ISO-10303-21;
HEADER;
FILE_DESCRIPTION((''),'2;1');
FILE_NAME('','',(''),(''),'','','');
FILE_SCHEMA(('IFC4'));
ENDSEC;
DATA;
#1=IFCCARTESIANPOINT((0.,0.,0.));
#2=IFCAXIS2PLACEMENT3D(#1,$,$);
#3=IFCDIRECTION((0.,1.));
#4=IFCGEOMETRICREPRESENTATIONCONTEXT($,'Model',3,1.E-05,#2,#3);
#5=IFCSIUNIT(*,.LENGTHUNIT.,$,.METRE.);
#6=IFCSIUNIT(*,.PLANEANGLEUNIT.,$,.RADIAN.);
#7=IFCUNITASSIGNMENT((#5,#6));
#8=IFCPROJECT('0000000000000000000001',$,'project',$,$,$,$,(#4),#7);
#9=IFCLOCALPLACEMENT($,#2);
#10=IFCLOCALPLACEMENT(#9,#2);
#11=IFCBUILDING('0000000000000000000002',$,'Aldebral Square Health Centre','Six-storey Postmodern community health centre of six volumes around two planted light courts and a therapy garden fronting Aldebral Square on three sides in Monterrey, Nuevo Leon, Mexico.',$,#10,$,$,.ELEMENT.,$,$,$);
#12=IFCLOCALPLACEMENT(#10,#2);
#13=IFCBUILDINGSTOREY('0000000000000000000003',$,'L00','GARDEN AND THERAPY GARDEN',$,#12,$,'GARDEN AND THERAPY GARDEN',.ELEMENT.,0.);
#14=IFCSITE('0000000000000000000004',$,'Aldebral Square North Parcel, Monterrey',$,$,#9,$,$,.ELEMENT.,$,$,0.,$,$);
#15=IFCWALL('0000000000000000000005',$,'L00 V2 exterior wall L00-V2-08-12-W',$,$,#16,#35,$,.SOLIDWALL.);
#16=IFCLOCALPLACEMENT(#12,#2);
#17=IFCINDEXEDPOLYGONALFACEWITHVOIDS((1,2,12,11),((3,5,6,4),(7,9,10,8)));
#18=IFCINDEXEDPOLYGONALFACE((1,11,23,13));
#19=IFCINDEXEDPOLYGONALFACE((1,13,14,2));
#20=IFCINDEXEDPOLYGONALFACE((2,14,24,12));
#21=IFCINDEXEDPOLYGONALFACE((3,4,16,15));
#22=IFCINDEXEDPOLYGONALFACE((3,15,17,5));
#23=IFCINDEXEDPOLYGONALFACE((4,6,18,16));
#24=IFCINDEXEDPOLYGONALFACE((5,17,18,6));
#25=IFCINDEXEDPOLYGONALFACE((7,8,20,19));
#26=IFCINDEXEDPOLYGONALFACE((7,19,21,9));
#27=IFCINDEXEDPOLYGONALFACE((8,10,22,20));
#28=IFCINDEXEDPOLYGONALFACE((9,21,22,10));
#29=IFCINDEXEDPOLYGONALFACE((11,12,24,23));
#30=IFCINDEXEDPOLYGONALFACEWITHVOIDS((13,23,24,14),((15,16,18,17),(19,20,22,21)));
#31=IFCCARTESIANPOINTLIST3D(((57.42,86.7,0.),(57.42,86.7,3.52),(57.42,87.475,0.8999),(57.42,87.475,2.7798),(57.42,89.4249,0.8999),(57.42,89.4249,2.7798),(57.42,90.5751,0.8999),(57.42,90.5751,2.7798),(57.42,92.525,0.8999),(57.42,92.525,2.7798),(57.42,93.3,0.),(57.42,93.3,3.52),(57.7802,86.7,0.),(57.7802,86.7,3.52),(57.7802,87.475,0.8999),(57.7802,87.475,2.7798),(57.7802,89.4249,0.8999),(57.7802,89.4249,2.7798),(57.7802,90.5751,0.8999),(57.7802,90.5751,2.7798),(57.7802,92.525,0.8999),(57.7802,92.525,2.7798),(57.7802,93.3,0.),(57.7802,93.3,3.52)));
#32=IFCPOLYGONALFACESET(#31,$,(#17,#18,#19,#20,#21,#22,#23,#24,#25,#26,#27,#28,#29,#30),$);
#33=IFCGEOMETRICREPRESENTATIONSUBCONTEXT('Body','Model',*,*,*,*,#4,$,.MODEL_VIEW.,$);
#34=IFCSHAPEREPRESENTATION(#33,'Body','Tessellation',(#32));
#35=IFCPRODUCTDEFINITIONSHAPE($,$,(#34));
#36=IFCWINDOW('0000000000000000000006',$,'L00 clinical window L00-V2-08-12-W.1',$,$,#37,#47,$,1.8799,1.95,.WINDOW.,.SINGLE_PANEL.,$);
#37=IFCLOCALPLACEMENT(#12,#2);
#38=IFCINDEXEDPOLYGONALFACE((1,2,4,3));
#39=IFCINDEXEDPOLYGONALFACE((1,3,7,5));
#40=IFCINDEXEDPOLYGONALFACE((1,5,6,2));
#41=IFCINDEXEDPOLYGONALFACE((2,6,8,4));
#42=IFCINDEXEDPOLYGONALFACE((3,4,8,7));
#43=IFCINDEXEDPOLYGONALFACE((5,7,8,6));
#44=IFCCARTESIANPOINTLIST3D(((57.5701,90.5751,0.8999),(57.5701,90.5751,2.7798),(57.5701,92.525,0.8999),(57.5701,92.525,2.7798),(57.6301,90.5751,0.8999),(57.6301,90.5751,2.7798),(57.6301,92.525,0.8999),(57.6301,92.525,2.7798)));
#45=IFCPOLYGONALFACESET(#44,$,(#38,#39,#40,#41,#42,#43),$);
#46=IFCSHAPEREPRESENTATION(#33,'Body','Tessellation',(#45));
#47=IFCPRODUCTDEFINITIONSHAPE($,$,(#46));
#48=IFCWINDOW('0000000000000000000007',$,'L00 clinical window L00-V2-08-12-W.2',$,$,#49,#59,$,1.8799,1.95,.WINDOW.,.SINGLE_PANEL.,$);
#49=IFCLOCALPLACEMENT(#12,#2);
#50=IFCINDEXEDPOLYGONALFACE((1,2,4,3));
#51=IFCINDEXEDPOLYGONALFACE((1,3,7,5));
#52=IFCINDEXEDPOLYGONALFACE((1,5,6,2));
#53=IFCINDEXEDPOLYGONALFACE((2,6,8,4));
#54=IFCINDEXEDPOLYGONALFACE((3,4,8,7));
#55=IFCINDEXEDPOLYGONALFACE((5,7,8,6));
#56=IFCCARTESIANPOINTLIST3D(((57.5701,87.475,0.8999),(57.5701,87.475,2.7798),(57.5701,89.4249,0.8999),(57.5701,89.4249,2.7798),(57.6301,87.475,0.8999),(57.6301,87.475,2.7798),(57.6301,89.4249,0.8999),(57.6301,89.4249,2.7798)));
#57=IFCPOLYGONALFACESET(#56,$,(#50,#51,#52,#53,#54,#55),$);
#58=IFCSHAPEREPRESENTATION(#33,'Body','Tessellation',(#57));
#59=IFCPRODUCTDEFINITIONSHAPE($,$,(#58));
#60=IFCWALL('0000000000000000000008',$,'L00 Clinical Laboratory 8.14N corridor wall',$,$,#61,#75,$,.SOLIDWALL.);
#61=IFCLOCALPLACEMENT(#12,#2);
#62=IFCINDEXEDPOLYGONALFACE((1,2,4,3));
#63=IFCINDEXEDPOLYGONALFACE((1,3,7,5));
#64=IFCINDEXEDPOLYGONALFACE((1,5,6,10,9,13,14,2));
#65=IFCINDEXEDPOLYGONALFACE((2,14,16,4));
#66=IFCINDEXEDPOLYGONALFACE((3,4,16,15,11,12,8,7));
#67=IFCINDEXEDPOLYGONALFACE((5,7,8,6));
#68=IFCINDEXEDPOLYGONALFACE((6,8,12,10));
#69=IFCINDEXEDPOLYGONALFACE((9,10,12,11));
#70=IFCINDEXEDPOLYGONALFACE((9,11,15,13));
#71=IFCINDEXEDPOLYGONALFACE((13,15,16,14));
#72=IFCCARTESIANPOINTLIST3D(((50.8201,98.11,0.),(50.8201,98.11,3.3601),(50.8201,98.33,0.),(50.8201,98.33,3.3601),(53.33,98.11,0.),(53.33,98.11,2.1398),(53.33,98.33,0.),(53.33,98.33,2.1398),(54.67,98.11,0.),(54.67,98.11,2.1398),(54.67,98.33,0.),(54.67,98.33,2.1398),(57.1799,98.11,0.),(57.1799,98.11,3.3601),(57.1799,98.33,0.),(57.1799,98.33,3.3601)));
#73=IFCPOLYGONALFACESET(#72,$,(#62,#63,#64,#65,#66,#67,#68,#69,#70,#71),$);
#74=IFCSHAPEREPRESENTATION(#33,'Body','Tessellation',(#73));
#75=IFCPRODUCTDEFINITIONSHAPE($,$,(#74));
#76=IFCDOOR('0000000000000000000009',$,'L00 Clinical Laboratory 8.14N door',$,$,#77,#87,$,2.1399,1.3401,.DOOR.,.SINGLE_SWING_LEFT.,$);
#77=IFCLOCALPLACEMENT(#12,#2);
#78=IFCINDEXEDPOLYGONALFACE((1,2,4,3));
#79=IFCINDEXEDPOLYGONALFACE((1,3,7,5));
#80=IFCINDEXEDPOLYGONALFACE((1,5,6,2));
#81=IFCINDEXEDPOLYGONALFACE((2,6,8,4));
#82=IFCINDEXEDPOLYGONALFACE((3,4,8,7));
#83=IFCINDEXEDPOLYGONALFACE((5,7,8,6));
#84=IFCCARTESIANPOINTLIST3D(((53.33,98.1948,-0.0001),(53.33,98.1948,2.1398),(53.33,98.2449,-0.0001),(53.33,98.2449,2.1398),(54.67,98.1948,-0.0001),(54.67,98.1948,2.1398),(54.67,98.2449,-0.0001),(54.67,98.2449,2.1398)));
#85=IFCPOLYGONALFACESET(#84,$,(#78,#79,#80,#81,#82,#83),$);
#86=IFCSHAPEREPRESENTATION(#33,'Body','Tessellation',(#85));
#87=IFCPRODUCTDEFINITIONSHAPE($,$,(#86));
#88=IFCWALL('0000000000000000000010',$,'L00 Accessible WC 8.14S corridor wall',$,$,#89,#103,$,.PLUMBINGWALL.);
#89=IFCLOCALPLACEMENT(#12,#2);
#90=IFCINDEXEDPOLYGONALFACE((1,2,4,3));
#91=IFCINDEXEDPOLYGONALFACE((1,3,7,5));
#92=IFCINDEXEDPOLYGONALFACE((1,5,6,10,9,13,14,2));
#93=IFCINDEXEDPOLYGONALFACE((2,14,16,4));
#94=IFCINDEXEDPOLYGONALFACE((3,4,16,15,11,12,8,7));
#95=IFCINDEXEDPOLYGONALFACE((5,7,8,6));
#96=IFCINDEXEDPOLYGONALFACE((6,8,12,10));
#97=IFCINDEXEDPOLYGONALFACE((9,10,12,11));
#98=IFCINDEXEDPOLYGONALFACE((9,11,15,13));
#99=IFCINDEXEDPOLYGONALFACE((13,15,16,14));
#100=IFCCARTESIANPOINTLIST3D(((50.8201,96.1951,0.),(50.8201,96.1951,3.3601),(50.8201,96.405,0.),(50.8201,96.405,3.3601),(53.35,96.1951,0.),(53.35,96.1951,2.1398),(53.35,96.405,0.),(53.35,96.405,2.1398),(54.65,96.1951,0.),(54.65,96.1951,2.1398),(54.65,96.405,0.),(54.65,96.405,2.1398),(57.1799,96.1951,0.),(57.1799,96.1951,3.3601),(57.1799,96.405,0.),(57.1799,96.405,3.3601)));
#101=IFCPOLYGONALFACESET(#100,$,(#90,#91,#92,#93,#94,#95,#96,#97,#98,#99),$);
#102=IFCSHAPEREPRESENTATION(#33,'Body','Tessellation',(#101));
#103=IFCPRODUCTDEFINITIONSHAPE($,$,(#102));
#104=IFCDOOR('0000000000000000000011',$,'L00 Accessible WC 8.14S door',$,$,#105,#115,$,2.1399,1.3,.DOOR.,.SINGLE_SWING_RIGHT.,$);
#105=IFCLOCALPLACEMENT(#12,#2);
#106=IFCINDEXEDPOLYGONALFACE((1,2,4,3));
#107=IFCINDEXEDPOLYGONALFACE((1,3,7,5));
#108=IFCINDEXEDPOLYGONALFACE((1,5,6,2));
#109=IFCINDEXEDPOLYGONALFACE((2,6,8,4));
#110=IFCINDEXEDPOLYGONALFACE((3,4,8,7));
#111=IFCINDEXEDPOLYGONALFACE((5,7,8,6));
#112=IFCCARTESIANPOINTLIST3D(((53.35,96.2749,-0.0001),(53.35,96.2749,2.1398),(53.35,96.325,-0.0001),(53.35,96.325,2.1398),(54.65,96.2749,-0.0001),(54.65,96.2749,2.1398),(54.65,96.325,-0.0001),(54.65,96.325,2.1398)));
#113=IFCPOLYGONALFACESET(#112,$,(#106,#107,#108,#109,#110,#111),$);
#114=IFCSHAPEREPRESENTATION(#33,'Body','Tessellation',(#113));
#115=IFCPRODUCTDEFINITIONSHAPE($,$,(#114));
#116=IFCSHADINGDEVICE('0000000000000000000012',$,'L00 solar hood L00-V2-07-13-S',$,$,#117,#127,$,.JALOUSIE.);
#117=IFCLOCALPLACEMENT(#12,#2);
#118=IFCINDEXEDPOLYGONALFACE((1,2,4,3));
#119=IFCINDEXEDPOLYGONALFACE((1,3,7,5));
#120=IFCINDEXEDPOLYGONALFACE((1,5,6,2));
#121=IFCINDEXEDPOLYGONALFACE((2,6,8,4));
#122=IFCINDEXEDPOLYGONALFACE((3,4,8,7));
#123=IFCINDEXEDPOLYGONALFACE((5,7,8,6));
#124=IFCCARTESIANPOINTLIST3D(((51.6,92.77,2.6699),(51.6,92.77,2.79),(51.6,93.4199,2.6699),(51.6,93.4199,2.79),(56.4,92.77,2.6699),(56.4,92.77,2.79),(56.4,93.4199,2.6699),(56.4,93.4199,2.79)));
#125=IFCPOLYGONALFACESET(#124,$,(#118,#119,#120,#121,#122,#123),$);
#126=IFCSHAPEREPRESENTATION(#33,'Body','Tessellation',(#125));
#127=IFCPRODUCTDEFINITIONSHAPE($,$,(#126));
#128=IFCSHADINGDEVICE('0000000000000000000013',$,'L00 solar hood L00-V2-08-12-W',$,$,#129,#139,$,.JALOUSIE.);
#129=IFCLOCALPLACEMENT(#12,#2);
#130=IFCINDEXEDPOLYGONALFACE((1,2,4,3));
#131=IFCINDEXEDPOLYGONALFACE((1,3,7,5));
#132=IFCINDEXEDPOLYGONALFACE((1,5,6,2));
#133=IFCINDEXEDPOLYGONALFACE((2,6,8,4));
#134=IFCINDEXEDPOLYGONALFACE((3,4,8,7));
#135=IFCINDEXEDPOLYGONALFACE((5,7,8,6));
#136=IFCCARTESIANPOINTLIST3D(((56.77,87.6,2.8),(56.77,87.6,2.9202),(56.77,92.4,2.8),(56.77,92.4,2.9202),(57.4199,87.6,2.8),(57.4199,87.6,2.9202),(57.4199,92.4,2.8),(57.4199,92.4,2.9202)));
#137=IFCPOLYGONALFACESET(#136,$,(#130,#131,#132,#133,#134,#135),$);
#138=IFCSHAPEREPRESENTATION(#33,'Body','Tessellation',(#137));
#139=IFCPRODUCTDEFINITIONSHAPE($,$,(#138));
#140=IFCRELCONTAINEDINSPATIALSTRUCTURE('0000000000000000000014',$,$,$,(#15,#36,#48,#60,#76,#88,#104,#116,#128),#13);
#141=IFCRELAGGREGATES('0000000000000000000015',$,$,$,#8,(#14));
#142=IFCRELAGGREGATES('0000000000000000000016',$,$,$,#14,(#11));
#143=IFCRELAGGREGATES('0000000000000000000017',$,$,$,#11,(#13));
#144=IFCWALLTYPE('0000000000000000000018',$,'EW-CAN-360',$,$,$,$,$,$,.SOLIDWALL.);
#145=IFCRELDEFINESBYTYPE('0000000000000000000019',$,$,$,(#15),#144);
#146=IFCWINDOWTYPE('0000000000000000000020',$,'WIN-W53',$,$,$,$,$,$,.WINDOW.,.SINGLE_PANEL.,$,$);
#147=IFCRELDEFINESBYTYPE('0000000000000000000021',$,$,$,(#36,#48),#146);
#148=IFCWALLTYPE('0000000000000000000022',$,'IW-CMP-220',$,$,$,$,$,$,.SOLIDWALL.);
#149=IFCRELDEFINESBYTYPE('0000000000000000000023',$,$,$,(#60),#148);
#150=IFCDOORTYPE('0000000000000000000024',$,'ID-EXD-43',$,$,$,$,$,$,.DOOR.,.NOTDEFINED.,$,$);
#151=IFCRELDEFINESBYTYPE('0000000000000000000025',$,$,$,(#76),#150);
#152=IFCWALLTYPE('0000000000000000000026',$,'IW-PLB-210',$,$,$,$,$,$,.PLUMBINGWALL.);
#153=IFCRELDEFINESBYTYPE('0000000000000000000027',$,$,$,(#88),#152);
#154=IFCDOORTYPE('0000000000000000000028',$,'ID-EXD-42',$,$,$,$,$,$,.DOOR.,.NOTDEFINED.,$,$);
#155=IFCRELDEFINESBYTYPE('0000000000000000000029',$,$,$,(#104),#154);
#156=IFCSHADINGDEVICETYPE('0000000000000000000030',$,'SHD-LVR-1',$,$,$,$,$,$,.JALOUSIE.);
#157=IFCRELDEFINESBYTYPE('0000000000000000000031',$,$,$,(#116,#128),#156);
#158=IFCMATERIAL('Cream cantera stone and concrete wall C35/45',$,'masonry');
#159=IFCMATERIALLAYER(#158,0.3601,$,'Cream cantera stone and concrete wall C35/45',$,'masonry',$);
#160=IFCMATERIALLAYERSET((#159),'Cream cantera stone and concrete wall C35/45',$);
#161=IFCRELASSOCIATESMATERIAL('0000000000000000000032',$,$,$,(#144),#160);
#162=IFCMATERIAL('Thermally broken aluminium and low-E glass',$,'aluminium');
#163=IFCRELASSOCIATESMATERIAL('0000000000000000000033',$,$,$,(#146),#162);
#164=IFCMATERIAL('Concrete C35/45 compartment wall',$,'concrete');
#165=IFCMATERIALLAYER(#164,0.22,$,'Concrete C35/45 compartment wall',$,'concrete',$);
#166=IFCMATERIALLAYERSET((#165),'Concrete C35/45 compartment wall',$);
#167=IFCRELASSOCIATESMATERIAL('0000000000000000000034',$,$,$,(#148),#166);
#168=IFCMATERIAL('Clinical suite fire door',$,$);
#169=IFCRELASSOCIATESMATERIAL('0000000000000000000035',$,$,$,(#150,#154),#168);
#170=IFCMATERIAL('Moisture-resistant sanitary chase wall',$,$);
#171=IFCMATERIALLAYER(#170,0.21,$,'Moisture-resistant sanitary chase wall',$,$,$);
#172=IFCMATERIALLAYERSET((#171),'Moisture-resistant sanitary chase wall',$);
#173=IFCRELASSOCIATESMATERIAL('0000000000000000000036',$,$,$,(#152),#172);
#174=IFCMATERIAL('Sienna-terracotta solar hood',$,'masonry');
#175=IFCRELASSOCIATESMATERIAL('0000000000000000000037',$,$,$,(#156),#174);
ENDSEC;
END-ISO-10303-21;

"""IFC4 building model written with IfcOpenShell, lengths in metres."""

from ifc_helpers import new_model, si_unit, direction, frame, frame_2d, origin, origin_2d, place, context, subcontext, project, spatial, rectangle, extrude, material, layer, layer_set, type_object, element, fill, save


model = new_model("IFC4")

# Units and contexts
model_context = context("Model", 3, precision=1e-05, world=origin(), true_north=direction((0.0, 1.0)))
body_context = subcontext(model_context, "Body", "Model", "MODEL_VIEW")
ifc_project = project(units=[si_unit("LENGTHUNIT", "METRE"), si_unit("PLANEANGLEUNIT", "RADIAN")], contexts=[model_context])

# Site, building, storey
site_placement = place(None, origin())
site = spatial("IfcSite", under=ifc_project, at=site_placement, Name="Aldebral Square North Parcel, Monterrey", CompositionType="ELEMENT", RefElevation=0.0)
building_placement = place(site_placement, origin())
building = spatial("IfcBuilding", under=site, at=building_placement, Name="Aldebral Square Health Centre", Description="Six-storey Postmodern community health centre of six volumes around two planted light courts and a therapy garden fronting Aldebral Square on three sides in Monterrey, Nuevo Leon, Mexico.", CompositionType="ELEMENT")
storey_placement = place(building_placement, origin())
storey = spatial("IfcBuildingStorey", under=building, at=storey_placement, Name="L00", Description="GARDEN AND THERAPY GARDEN", LongName="GARDEN AND THERAPY GARDEN", CompositionType="ELEMENT", Elevation=0.0)

# Wall, openings, windows
ifc_material_1 = material(Name="Cream cantera stone and concrete wall C35/45", Category="masonry")
ifc_layer_1 = layer(ifc_material_1, 0.3601, Name="Cream cantera stone and concrete wall C35/45", Category="masonry")
ifc_layer_set_1 = layer_set([ifc_layer_1], Name="Cream cantera stone and concrete wall C35/45")
wall_type_1 = type_object("IfcWallType", Name="EW-CAN-360", PredefinedType="SOLIDWALL", material=ifc_layer_set_1)
ifc_material_2 = material(Name="Thermally broken aluminium and low-E glass", Category="aluminium")
wall_1_placement = place(storey_placement, frame((57.6001, 93.3, 0.0), z_axis=(0.0, 0.0, 1.0), x_axis=(0.0, -1.0, 0.0)))
wall_1 = element("IfcWall", 1, at=wall_1_placement, inside=storey, type_object=wall_type_1, Name="L00 V2 exterior wall L00-V2-08-12-W", PredefinedType="SOLIDWALL", context=body_context, shape_type="SweptSolid", body=[
    extrude(rectangle(XDim=6.6001, YDim=0.3601, at=frame_2d((3.3, 0.0))), origin(), (0.0, 0.0, 1.0), 3.52),
])
opening_1_placement = place(wall_1_placement, frame((0.7749, 0.0, 0.8999)))
opening_1 = element("IfcOpeningElement", 2, at=opening_1_placement, cuts=wall_1, PredefinedType="OPENING", context=body_context, shape_type="SweptSolid", body=[
    extrude(rectangle(XDim=1.95, YDim=1.8799, at=frame_2d((0.9751, 0.9399))), frame((0.0, 0.1899, 0.0), z_axis=(0.0, -1.0, 0.0), x_axis=(1.0, 0.0, 0.0)), (0.0, 0.0, 1.0), 0.3801),
])
opening_2_placement = place(wall_1_placement, frame((3.875, 0.0, 0.8999)))
opening_2 = element("IfcOpeningElement", 3, at=opening_2_placement, cuts=wall_1, PredefinedType="OPENING", context=body_context, shape_type="SweptSolid", body=[
    extrude(rectangle(XDim=1.95, YDim=1.8799, at=frame_2d((0.9751, 0.9399))), frame((0.0, 0.1899, 0.0), z_axis=(0.0, -1.0, 0.0), x_axis=(1.0, 0.0, 0.0)), (0.0, 0.0, 1.0), 0.3801),
])
window_type_1 = type_object("IfcWindowType", Name="WIN-W53", PartitioningType="SINGLE_PANEL", PredefinedType="WINDOW", material=ifc_material_2)
window_1_placement = place(opening_1_placement, origin())
window_1 = element("IfcWindow", 4, at=window_1_placement, inside=storey, type_object=window_type_1, Name="L00 clinical window L00-V2-08-12-W.1", OverallHeight=1.8799, OverallWidth=1.95, PartitioningType="SINGLE_PANEL", PredefinedType="WINDOW", context=body_context, shape_type="SweptSolid", body=[
    extrude(rectangle(XDim=1.95, YDim=1.8799, at=frame_2d((0.9751, 0.9399))), frame((0.0, 0.03, 0.0), z_axis=(0.0, -1.0, 0.0), x_axis=(1.0, 0.0, 0.0)), (0.0, 0.0, 1.0), 0.0601),
])
fill(opening_1, window_1)
window_2_placement = place(opening_2_placement, origin())
window_2 = element("IfcWindow", 5, at=window_2_placement, inside=storey, type_object=window_type_1, Name="L00 clinical window L00-V2-08-12-W.2", OverallHeight=1.8799, OverallWidth=1.95, PartitioningType="SINGLE_PANEL", PredefinedType="WINDOW", context=body_context, shape_type="SweptSolid", body=[
    extrude(rectangle(XDim=1.95, YDim=1.8799, at=frame_2d((0.9751, 0.9399))), frame((0.0, 0.03, 0.0), z_axis=(0.0, -1.0, 0.0), x_axis=(1.0, 0.0, 0.0)), (0.0, 0.0, 1.0), 0.0601),
])
fill(opening_2, window_2)

# Walls, openings, doors
ifc_material_3 = material(Name="Concrete C35/45 compartment wall", Category="concrete")
ifc_layer_2 = layer(ifc_material_3, 0.22, Name="Concrete C35/45 compartment wall", Category="concrete")
ifc_layer_set_2 = layer_set([ifc_layer_2], Name="Concrete C35/45 compartment wall")
wall_type_2 = type_object("IfcWallType", Name="IW-CMP-220", PredefinedType="SOLIDWALL", material=ifc_layer_set_2)
wall_2_placement = place(storey_placement, frame((50.8201, 98.22, 0.0), z_axis=(0.0, 0.0, 1.0), x_axis=(1.0, 0.0, 0.0)))
wall_2 = element("IfcWall", 6, at=wall_2_placement, inside=storey, type_object=wall_type_2, Name="L00 Clinical Laboratory 8.14N corridor wall", PredefinedType="SOLIDWALL", context=body_context, shape_type="SweptSolid", body=[
    extrude(rectangle(XDim=6.3599, YDim=0.22, at=frame_2d((3.1799, 0.0))), origin(), (0.0, 0.0, 1.0), 3.3601),
])
opening_3_placement = place(wall_2_placement, frame((2.51, 0.0, 0.0)))
opening_3 = element("IfcOpeningElement", 7, at=opening_3_placement, cuts=wall_2, PredefinedType="OPENING", context=body_context, shape_type="SweptSolid", body=[
    extrude(rectangle(XDim=1.3401, YDim=2.1399, at=frame_2d((0.6699, 1.0698))), frame((0.0, 0.1201, 0.0), z_axis=(0.0, -1.0, 0.0), x_axis=(1.0, 0.0, 0.0)), (0.0, 0.0, 1.0), 0.24),
])
ifc_material_4 = material(Name="Clinical suite fire door")
door_type_1 = type_object("IfcDoorType", Name="ID-EXD-43", OperationType="NOTDEFINED", PredefinedType="DOOR", material=ifc_material_4)
door_1_placement = place(opening_3_placement, origin())
door_1 = element("IfcDoor", 8, at=door_1_placement, inside=storey, type_object=door_type_1, Name="L00 Clinical Laboratory 8.14N door", OperationType="SINGLE_SWING_LEFT", OverallHeight=2.1399, OverallWidth=1.3401, PredefinedType="DOOR", context=body_context, shape_type="SweptSolid", body=[
    extrude(rectangle(XDim=1.3401, YDim=2.1399, at=frame_2d((0.6699, 1.0698))), frame((0.0, 0.0249, 0.0), z_axis=(0.0, -1.0, 0.0), x_axis=(1.0, 0.0, 0.0)), (0.0, 0.0, 1.0), 0.05),
])
fill(opening_3, door_1)
ifc_material_5 = material(Name="Moisture-resistant sanitary chase wall")
ifc_layer_3 = layer(ifc_material_5, 0.21, Name="Moisture-resistant sanitary chase wall")
ifc_layer_set_3 = layer_set([ifc_layer_3], Name="Moisture-resistant sanitary chase wall")
wall_type_3 = type_object("IfcWallType", Name="IW-PLB-210", PredefinedType="PLUMBINGWALL", material=ifc_layer_set_3)
wall_3_placement = place(storey_placement, frame((50.8201, 96.3, 0.0), z_axis=(0.0, 0.0, 1.0), x_axis=(1.0, 0.0, 0.0)))
wall_3 = element("IfcWall", 9, at=wall_3_placement, inside=storey, type_object=wall_type_3, Name="L00 Accessible WC 8.14S corridor wall", PredefinedType="PLUMBINGWALL", context=body_context, shape_type="SweptSolid", body=[
    extrude(rectangle(XDim=6.3599, YDim=0.21, at=frame_2d((3.1799, 0.0))), origin(), (0.0, 0.0, 1.0), 3.3601),
])
opening_4_placement = place(wall_3_placement, frame((2.53, 0.0, 0.0)))
opening_4 = element("IfcOpeningElement", 10, at=opening_4_placement, cuts=wall_3, PredefinedType="OPENING", context=body_context, shape_type="SweptSolid", body=[
    extrude(rectangle(XDim=1.3, YDim=2.1399, at=frame_2d((0.6499, 1.0698))), frame((0.0, 0.115, 0.0), z_axis=(0.0, -1.0, 0.0), x_axis=(1.0, 0.0, 0.0)), (0.0, 0.0, 1.0), 0.23),
])
door_type_2 = type_object("IfcDoorType", Name="ID-EXD-42", OperationType="NOTDEFINED", PredefinedType="DOOR", material=ifc_material_4)
door_2_placement = place(opening_4_placement, origin())
door_2 = element("IfcDoor", 11, at=door_2_placement, inside=storey, type_object=door_type_2, Name="L00 Accessible WC 8.14S door", OperationType="SINGLE_SWING_RIGHT", OverallHeight=2.1399, OverallWidth=1.3, PredefinedType="DOOR", context=body_context, shape_type="SweptSolid", body=[
    extrude(rectangle(XDim=1.3, YDim=2.1399, at=frame_2d((0.6499, 1.0698))), frame((0.0, 0.0249, 0.0), z_axis=(0.0, -1.0, 0.0), x_axis=(1.0, 0.0, 0.0)), (0.0, 0.0, 1.0), 0.05),
])
fill(opening_4, door_2)

# Shading devices
ifc_material_6 = material(Name="Sienna-terracotta solar hood", Category="masonry")
shading_device_type = type_object("IfcShadingDeviceType", Name="SHD-LVR-1", PredefinedType="JALOUSIE", material=ifc_material_6)
for number, where, z_axis, x_axis, name in (
    (12, (54.0, 93.095, 2.6699), (0.0, 0.0, 1.0), (1.0, 0.0, 0.0), "L00 solar hood L00-V2-07-13-S"),
    (13, (57.095, 90.0, 2.8), (0.0, 0.0, 1.0), (0.0, 1.0, 0.0), "L00 solar hood L00-V2-08-12-W"),
):
    element("IfcShadingDevice", number, at=place(storey_placement, frame(where, z_axis=z_axis, x_axis=x_axis)), inside=storey, type_object=shading_device_type, Name=name, PredefinedType="JALOUSIE", context=body_context, shape_type="SweptSolid", body=[
        extrude(rectangle(XDim=4.8, YDim=0.6499, at=origin_2d()), origin(), (0.0, 0.0, 1.0), 0.1201),
    ])

save(model, "model.ifc")
